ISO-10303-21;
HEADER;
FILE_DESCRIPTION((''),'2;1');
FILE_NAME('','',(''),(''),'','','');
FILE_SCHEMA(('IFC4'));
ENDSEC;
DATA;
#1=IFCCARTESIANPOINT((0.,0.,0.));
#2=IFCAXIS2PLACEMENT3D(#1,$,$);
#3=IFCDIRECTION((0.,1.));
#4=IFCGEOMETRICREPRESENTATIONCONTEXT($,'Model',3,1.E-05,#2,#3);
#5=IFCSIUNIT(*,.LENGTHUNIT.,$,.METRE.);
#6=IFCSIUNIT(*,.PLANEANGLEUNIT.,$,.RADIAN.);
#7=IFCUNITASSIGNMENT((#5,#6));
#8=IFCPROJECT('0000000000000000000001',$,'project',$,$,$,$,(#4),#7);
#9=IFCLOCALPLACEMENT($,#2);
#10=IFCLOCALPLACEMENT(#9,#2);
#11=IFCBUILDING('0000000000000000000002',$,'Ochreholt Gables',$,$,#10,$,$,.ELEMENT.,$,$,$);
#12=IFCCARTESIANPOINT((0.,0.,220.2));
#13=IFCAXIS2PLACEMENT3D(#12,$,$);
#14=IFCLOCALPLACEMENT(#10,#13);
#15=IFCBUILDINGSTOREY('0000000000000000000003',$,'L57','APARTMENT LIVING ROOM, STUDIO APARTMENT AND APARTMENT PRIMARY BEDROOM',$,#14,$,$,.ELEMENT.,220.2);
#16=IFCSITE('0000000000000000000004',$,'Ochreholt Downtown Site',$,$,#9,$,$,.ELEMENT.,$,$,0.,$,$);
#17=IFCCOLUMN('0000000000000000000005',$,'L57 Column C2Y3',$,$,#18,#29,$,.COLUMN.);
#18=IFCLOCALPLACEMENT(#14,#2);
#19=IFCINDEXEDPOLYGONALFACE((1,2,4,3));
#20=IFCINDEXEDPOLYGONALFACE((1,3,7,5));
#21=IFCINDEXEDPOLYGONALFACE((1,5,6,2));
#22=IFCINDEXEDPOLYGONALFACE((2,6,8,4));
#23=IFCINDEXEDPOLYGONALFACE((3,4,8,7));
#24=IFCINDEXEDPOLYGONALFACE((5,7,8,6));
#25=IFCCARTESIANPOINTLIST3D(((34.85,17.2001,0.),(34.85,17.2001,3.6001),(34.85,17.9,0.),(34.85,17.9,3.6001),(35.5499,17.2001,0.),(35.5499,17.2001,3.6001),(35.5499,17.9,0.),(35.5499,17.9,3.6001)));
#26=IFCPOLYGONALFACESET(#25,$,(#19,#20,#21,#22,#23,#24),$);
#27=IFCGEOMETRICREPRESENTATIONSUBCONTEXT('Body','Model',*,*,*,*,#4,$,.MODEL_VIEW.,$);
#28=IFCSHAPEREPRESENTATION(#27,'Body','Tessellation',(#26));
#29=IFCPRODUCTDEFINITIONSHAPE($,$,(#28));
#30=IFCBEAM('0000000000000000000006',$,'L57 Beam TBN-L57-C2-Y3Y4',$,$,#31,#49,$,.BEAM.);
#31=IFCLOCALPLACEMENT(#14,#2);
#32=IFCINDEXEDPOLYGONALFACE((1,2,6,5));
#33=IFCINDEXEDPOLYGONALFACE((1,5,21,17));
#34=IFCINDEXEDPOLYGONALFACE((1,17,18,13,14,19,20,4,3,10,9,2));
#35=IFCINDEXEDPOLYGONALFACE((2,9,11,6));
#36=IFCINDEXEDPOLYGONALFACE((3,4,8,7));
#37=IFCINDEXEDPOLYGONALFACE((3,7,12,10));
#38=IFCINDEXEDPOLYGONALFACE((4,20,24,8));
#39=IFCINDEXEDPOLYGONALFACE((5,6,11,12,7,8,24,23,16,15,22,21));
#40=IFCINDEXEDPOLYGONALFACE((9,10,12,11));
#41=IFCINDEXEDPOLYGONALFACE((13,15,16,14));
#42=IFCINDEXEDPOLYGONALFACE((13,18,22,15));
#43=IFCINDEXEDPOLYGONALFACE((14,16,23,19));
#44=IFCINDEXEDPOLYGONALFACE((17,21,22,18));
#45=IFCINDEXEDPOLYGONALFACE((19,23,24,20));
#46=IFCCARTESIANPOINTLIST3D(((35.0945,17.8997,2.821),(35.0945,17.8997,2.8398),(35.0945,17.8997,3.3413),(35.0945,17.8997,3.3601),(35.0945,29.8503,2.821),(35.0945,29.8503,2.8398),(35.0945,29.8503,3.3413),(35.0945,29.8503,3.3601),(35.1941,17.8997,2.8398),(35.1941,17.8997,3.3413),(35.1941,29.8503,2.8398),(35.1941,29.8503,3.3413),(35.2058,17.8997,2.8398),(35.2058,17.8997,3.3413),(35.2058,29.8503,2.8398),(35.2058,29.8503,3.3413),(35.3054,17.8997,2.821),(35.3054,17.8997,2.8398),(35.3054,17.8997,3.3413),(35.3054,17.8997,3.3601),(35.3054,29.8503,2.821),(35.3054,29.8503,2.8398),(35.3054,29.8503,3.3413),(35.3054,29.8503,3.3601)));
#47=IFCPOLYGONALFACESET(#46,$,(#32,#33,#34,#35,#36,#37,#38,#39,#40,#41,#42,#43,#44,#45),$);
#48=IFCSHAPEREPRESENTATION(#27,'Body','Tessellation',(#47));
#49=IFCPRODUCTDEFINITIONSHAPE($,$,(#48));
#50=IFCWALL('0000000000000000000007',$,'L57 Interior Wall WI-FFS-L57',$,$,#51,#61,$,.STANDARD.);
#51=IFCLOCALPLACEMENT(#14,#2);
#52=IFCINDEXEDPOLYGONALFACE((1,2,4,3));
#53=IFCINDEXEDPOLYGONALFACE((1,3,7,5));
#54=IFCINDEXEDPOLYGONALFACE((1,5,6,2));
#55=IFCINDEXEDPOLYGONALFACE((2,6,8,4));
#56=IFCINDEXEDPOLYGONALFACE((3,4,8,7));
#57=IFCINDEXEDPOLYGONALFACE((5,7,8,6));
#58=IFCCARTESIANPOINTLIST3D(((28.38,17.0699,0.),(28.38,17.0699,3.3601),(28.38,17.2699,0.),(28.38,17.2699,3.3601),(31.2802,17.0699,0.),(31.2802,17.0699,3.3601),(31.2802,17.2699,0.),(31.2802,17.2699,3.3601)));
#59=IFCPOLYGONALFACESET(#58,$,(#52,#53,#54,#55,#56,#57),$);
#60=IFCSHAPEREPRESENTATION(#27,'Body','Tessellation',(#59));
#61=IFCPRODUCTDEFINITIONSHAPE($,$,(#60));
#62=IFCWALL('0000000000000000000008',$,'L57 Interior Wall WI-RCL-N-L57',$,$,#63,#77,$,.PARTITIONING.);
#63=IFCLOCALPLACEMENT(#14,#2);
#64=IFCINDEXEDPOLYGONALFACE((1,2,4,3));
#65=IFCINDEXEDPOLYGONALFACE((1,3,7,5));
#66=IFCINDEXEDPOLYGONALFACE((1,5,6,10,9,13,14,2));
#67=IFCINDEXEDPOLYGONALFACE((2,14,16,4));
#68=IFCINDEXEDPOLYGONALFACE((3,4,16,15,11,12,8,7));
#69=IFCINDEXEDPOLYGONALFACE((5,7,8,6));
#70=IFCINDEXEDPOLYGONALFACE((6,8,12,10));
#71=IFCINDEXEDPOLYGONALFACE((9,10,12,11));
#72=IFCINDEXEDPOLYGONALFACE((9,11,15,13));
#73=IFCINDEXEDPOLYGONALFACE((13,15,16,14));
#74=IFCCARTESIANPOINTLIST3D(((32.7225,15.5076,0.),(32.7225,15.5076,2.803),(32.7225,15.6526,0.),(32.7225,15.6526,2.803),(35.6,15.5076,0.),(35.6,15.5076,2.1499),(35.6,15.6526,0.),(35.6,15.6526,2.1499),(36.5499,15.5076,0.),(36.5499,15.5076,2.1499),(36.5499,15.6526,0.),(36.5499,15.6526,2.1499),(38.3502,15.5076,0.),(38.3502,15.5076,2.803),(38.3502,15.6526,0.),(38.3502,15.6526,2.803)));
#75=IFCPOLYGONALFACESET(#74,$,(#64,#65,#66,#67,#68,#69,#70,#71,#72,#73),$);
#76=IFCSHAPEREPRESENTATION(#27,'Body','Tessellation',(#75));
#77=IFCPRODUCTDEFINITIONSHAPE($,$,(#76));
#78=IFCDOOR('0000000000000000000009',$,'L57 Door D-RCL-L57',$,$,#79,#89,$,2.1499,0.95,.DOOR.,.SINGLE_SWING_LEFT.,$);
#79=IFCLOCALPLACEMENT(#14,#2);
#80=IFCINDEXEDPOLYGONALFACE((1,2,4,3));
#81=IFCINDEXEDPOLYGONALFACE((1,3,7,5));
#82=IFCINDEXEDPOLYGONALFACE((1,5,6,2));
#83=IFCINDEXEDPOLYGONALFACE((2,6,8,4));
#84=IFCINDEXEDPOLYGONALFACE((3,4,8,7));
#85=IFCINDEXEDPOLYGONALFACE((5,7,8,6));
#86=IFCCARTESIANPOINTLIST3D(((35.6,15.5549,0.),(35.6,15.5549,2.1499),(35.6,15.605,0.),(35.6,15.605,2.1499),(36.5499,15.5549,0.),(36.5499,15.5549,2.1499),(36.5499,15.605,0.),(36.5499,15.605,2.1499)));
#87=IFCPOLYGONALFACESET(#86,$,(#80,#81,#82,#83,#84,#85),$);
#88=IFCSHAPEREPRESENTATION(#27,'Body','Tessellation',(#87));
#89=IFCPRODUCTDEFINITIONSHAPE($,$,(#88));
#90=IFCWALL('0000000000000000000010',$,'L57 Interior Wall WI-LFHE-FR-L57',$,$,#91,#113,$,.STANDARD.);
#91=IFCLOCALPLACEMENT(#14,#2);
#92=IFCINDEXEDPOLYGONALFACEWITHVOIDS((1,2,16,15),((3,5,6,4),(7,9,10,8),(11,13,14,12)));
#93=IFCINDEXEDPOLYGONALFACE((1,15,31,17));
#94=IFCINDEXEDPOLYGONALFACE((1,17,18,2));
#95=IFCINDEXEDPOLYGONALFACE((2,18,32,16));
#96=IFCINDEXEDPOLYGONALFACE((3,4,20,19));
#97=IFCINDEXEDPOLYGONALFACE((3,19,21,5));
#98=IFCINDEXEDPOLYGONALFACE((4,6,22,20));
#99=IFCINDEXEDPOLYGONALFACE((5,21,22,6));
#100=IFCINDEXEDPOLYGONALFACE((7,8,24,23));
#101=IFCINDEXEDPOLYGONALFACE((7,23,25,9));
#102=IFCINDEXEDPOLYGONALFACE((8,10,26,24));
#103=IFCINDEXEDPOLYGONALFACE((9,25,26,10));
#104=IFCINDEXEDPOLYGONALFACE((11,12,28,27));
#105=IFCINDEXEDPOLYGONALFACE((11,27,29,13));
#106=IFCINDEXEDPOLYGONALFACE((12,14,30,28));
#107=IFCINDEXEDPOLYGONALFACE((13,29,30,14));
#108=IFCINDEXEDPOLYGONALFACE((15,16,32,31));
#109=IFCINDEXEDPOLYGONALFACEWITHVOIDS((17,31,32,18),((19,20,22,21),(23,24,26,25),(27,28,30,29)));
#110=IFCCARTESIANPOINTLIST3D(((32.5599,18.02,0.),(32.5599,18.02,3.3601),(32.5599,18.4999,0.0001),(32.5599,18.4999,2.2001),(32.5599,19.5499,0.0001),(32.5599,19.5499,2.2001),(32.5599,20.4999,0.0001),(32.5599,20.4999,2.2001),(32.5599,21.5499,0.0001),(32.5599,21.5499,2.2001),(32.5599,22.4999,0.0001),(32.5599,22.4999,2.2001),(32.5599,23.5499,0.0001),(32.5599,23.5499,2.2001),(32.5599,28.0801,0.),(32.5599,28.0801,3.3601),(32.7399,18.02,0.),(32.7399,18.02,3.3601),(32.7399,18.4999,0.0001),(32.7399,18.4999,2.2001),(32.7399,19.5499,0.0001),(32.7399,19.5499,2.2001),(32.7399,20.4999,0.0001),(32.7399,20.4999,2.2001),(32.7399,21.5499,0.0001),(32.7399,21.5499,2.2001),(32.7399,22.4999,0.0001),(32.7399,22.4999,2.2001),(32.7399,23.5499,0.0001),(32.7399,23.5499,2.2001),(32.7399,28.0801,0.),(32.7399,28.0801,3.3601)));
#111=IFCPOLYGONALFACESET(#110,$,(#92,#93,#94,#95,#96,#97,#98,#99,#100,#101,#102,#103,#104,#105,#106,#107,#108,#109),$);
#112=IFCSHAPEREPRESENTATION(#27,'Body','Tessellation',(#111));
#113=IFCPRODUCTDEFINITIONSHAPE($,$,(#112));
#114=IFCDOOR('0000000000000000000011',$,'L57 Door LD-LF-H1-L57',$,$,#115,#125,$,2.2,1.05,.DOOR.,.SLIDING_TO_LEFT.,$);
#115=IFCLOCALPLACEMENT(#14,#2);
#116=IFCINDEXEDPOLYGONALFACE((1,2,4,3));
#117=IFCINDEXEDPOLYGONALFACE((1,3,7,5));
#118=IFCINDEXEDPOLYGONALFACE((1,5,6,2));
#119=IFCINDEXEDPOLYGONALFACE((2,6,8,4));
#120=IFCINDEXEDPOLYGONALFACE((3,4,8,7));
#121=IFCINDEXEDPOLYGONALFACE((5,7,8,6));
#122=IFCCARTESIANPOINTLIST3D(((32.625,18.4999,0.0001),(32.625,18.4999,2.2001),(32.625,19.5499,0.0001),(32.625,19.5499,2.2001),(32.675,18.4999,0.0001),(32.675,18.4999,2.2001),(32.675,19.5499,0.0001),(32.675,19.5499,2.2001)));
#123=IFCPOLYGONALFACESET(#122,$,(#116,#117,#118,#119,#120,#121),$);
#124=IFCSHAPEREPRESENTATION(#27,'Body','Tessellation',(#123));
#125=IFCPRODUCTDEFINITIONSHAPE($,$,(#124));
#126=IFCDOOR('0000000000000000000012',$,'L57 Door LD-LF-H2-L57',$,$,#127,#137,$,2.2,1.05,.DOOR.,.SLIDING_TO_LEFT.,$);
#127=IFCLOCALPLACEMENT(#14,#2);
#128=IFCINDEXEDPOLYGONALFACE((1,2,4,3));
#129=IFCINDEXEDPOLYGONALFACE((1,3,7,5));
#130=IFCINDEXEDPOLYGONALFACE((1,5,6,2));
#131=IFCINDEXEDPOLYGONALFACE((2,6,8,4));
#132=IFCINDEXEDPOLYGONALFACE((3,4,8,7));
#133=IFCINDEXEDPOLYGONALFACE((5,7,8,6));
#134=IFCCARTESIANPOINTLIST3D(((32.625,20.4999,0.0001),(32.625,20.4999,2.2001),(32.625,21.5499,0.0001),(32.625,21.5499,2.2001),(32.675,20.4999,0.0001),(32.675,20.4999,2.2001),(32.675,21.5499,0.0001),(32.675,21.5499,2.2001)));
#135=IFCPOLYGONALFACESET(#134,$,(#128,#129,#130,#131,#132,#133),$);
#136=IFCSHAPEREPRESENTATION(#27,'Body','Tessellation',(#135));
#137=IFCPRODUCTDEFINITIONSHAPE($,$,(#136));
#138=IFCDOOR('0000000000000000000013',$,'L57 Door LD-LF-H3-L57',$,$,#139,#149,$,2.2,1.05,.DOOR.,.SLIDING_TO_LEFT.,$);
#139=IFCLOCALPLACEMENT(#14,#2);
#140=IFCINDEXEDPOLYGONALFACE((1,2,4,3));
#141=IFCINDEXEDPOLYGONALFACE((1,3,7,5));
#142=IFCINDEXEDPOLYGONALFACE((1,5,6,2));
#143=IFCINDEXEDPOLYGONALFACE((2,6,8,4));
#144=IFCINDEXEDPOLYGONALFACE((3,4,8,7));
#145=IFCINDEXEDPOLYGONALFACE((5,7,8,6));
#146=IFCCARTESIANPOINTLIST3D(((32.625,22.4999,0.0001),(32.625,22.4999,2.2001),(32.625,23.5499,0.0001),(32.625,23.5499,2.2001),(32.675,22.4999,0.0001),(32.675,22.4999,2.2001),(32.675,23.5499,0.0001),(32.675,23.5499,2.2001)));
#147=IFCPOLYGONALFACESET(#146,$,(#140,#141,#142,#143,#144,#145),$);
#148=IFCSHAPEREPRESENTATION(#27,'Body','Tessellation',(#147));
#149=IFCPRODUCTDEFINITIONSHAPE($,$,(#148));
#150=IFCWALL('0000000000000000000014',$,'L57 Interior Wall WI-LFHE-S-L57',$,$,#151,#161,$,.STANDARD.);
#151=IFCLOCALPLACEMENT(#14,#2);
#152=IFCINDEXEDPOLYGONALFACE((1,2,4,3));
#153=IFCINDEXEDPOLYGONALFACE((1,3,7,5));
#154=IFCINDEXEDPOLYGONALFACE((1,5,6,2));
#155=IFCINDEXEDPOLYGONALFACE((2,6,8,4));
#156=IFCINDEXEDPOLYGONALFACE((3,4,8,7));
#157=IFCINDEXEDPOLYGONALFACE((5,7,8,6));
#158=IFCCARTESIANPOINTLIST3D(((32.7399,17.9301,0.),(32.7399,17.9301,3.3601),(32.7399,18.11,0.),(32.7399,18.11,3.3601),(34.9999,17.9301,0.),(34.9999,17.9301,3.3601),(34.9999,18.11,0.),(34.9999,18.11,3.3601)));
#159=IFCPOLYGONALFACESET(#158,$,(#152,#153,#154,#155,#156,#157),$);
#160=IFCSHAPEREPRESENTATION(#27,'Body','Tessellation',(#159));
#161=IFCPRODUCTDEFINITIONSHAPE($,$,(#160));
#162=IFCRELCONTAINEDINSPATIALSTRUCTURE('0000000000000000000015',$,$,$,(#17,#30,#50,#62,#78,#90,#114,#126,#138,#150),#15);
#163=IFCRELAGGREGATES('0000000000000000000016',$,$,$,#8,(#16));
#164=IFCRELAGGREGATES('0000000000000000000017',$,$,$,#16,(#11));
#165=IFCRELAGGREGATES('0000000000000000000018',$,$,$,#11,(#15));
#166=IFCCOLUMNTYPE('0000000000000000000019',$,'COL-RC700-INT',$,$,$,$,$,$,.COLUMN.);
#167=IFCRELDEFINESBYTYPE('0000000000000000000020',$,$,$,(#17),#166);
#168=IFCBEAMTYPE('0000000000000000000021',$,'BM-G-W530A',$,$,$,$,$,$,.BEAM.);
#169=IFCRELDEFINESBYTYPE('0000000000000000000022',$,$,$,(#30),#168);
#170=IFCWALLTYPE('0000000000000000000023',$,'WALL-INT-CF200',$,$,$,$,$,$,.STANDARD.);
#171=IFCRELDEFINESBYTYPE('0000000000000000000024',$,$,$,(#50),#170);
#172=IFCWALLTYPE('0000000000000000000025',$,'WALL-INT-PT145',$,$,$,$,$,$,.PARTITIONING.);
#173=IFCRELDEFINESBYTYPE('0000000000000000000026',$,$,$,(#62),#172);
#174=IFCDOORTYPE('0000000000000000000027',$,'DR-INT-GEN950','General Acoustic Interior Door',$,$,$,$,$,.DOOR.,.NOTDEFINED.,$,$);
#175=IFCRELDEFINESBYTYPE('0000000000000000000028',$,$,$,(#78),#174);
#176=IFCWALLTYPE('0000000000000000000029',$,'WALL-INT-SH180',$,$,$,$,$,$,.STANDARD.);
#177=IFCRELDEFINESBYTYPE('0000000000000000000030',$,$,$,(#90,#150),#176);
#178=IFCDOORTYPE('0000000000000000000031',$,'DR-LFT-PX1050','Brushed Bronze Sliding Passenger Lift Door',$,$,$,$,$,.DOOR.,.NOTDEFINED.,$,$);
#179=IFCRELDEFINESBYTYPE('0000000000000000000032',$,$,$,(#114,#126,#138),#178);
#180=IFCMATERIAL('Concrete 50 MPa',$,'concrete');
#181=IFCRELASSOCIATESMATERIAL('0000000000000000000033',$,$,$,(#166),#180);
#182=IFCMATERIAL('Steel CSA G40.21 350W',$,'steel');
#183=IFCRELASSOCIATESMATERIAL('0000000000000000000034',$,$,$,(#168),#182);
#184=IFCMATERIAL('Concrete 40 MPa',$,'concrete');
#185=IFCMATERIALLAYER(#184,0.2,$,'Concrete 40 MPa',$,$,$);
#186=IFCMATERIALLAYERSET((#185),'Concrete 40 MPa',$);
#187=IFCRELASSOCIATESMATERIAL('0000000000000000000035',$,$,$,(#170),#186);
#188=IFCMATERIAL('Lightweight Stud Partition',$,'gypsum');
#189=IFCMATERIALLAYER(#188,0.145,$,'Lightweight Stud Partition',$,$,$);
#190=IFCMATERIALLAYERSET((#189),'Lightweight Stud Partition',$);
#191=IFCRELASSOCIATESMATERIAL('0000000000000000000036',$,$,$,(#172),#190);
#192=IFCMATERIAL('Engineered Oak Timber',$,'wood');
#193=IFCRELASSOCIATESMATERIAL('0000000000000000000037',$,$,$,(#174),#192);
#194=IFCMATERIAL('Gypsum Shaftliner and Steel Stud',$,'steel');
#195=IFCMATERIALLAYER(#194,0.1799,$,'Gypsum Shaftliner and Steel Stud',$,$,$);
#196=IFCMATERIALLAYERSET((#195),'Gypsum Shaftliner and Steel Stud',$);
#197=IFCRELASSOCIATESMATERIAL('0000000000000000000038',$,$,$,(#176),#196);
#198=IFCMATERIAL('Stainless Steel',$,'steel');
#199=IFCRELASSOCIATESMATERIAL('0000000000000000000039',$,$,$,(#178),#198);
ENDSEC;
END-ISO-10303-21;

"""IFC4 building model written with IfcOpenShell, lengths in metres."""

from ifc_helpers import new_model, si_unit, direction, frame, frame_2d, origin, origin_2d, place, context, subcontext, project, spatial, rectangle, i_section, extrude, material, layer, layer_set, material_profile, profile_set, type_object, element, fill, save


model = new_model("IFC4")

# Units and contexts
model_context = context("Model", 3, precision=1e-05, world=origin(), true_north=direction((0.0, 1.0)))
body_context = subcontext(model_context, "Body", "Model", "MODEL_VIEW")
ifc_project = project(units=[si_unit("LENGTHUNIT", "METRE"), si_unit("PLANEANGLEUNIT", "RADIAN")], contexts=[model_context])

# Site, building, storey
site_placement = place(None, origin())
site = spatial("IfcSite", under=ifc_project, at=site_placement, Name="Ochreholt Downtown Site", CompositionType="ELEMENT", RefElevation=0.0)
building_placement = place(site_placement, origin())
building = spatial("IfcBuilding", under=site, at=building_placement, Name="Ochreholt Gables", CompositionType="ELEMENT")
storey_placement = place(building_placement, frame((0.0, 0.0, 220.2)))
storey = spatial("IfcBuildingStorey", under=building, at=storey_placement, Name="L57", Description="APARTMENT LIVING ROOM, STUDIO APARTMENT AND APARTMENT PRIMARY BEDROOM", CompositionType="ELEMENT", Elevation=220.2)

# Column
ifc_material_1 = material(Name="Concrete 50 MPa", Category="concrete")
ifc_material_profile_1 = material_profile(ifc_material_1, rectangle(XDim=0.7, YDim=0.7, at=origin_2d()), Name="RC700X700")
ifc_profile_set_1 = profile_set([ifc_material_profile_1], Name="Concrete 50 MPa")
column_type = type_object("IfcColumnType", Name="COL-RC700-INT", PredefinedType="COLUMN", material=ifc_profile_set_1)
column_placement = place(storey_placement, frame((35.2, 17.55, 0.0), z_axis=(0.0, 0.0, 1.0), x_axis=(1.0, 0.0, 0.0)))
element("IfcColumn", 1, at=column_placement, inside=storey, type_object=column_type, Name="L57 Column C2Y3", PredefinedType="COLUMN", context=body_context, shape_type="SweptSolid", body=[
    extrude(rectangle(XDim=0.7, YDim=0.7, at=origin_2d()), origin(), (0.0, 0.0, 1.0), 3.6001),
])

# Beam
ifc_material_2 = material(Name="Steel CSA G40.21 350W", Category="steel")
ifc_material_profile_2 = material_profile(ifc_material_2, i_section(OverallWidth=0.2109, OverallDepth=0.5391, WebThickness=0.0117, FlangeThickness=0.0188, at=origin_2d()), Name="W530X109")
ifc_profile_set_2 = profile_set([ifc_material_profile_2], Name="Steel CSA G40.21 350W")
beam_type = type_object("IfcBeamType", Name="BM-G-W530A", PredefinedType="BEAM", material=ifc_profile_set_2)
beam_placement = place(storey_placement, frame((35.2, 17.8997, 3.0906), z_axis=(0.0, 1.0, 0.0), x_axis=(-1.0, 0.0, 0.0)))
element("IfcBeam", 2, at=beam_placement, inside=storey, type_object=beam_type, Name="L57 Beam TBN-L57-C2-Y3Y4", PredefinedType="BEAM", context=body_context, shape_type="SweptSolid", body=[
    extrude(i_section(OverallWidth=0.2109, OverallDepth=0.5391, WebThickness=0.0117, FlangeThickness=0.0188, at=origin_2d()), origin(), (0.0, 0.0, 1.0), 11.9507),
])

# Wall
ifc_material_3 = material(Name="Concrete 40 MPa", Category="concrete")
ifc_layer_1 = layer(ifc_material_3, 0.2, Name="Concrete 40 MPa")
ifc_layer_set_1 = layer_set([ifc_layer_1], Name="Concrete 40 MPa")
wall_type_1 = type_object("IfcWallType", Name="WALL-INT-CF200", PredefinedType="STANDARD", material=ifc_layer_set_1)
wall_1_placement = place(storey_placement, frame((28.3799, 17.1699, 0.0), z_axis=(0.0, 0.0, 1.0), x_axis=(1.0, 0.0, 0.0)))
element("IfcWall", 3, at=wall_1_placement, inside=storey, type_object=wall_type_1, Name="L57 Interior Wall WI-FFS-L57", PredefinedType="STANDARD", context=body_context, shape_type="SweptSolid", body=[
    extrude(rectangle(XDim=2.9001, YDim=0.2, at=frame_2d((1.4502, 0.0))), origin(), (0.0, 0.0, 1.0), 3.3601),
])

# Wall, opening, door
ifc_material_4 = material(Name="Lightweight Stud Partition", Category="gypsum")
ifc_layer_2 = layer(ifc_material_4, 0.145, Name="Lightweight Stud Partition")
ifc_layer_set_2 = layer_set([ifc_layer_2], Name="Lightweight Stud Partition")
wall_type_2 = type_object("IfcWallType", Name="WALL-INT-PT145", PredefinedType="PARTITIONING", material=ifc_layer_set_2)
wall_2_placement = place(storey_placement, frame((32.7224, 15.5801, 0.0), z_axis=(0.0, 0.0, 1.0), x_axis=(1.0, 0.0, 0.0)))
wall_2 = element("IfcWall", 4, at=wall_2_placement, inside=storey, type_object=wall_type_2, Name="L57 Interior Wall WI-RCL-N-L57", PredefinedType="PARTITIONING", context=body_context, shape_type="SweptSolid", body=[
    extrude(rectangle(XDim=5.6277, YDim=0.145, at=frame_2d((2.814, 0.0))), origin(), (0.0, 0.0, 1.0), 2.803),
])
opening_1_placement = place(wall_2_placement, frame((2.8774, 0.0, 0.0)))
opening_1 = element("IfcOpeningElement", 5, at=opening_1_placement, cuts=wall_2, PredefinedType="OPENING", context=body_context, shape_type="SweptSolid", body=[
    extrude(rectangle(XDim=0.95, YDim=2.1499, at=frame_2d((0.4751, 1.075))), frame((0.0, 0.0825, 0.0), z_axis=(0.0, -1.0, 0.0), x_axis=(1.0, 0.0, 0.0)), (0.0, 0.0, 1.0), 0.165),
])
ifc_material_5 = material(Name="Engineered Oak Timber", Category="wood")
door_type_1 = type_object("IfcDoorType", Name="DR-INT-GEN950", Description="General Acoustic Interior Door", OperationType="NOTDEFINED", PredefinedType="DOOR", material=ifc_material_5)
door_1_placement = place(opening_1_placement, origin())
door_1 = element("IfcDoor", 6, at=door_1_placement, inside=storey, type_object=door_type_1, Name="L57 Door D-RCL-L57", OperationType="SINGLE_SWING_LEFT", OverallHeight=2.1499, OverallWidth=0.95, PredefinedType="DOOR", context=body_context, shape_type="SweptSolid", body=[
    extrude(rectangle(XDim=0.95, YDim=2.1499, at=frame_2d((0.4751, 1.075))), frame((0.0, 0.0249, 0.0), z_axis=(0.0, -1.0, 0.0), x_axis=(1.0, 0.0, 0.0)), (0.0, 0.0, 1.0), 0.05),
])
fill(opening_1, door_1)

# Wall, openings, doors
ifc_material_6 = material(Name="Gypsum Shaftliner and Steel Stud", Category="steel")
ifc_layer_3 = layer(ifc_material_6, 0.1799, Name="Gypsum Shaftliner and Steel Stud")
ifc_layer_set_3 = layer_set([ifc_layer_3], Name="Gypsum Shaftliner and Steel Stud")
wall_type_3 = type_object("IfcWallType", Name="WALL-INT-SH180", PredefinedType="STANDARD", material=ifc_layer_set_3)
wall_3_placement = place(storey_placement, frame((32.6499, 18.02, 0.0), z_axis=(0.0, 0.0, 1.0), x_axis=(0.0, 1.0, 0.0)))
wall_3 = element("IfcWall", 7, at=wall_3_placement, inside=storey, type_object=wall_type_3, Name="L57 Interior Wall WI-LFHE-FR-L57", PredefinedType="STANDARD", context=body_context, shape_type="SweptSolid", body=[
    extrude(rectangle(XDim=10.0601, YDim=0.1799, at=frame_2d((5.03, 0.0))), origin(), (0.0, 0.0, 1.0), 3.3601),
])
opening_2_placement = place(wall_3_placement, frame((0.48, 0.0, 0.0)))
opening_2 = element("IfcOpeningElement", 8, at=opening_2_placement, cuts=wall_3, PredefinedType="OPENING", context=body_context, shape_type="SweptSolid", body=[
    extrude(rectangle(XDim=1.05, YDim=2.2, at=frame_2d((0.5249, 1.1001))), frame((0.0, 0.0999, 0.0), z_axis=(0.0, -1.0, 0.0), x_axis=(1.0, 0.0, 0.0)), (0.0, 0.0, 1.0), 0.2),
])
opening_3_placement = place(wall_3_placement, frame((2.48, 0.0, 0.0)))
opening_3 = element("IfcOpeningElement", 9, at=opening_3_placement, cuts=wall_3, PredefinedType="OPENING", context=body_context, shape_type="SweptSolid", body=[
    extrude(rectangle(XDim=1.05, YDim=2.2, at=frame_2d((0.5249, 1.1001))), frame((0.0, 0.0999, 0.0), z_axis=(0.0, -1.0, 0.0), x_axis=(1.0, 0.0, 0.0)), (0.0, 0.0, 1.0), 0.2),
])
opening_4_placement = place(wall_3_placement, frame((4.48, 0.0, 0.0)))
opening_4 = element("IfcOpeningElement", 10, at=opening_4_placement, cuts=wall_3, PredefinedType="OPENING", context=body_context, shape_type="SweptSolid", body=[
    extrude(rectangle(XDim=1.05, YDim=2.2, at=frame_2d((0.5249, 1.1001))), frame((0.0, 0.0999, 0.0), z_axis=(0.0, -1.0, 0.0), x_axis=(1.0, 0.0, 0.0)), (0.0, 0.0, 1.0), 0.2),
])
ifc_material_7 = material(Name="Stainless Steel", Category="steel")
door_type_2 = type_object("IfcDoorType", Name="DR-LFT-PX1050", Description="Brushed Bronze Sliding Passenger Lift Door", OperationType="NOTDEFINED", PredefinedType="DOOR", material=ifc_material_7)
door_2_placement = place(opening_2_placement, origin())
door_2 = element("IfcDoor", 11, at=door_2_placement, inside=storey, type_object=door_type_2, Name="L57 Door LD-LF-H1-L57", OperationType="SLIDING_TO_LEFT", OverallHeight=2.2, OverallWidth=1.05, PredefinedType="DOOR", context=body_context, shape_type="SweptSolid", body=[
    extrude(rectangle(XDim=1.05, YDim=2.2, at=frame_2d((0.5249, 1.1001))), frame((0.0, 0.0249, 0.0), z_axis=(0.0, -1.0, 0.0), x_axis=(1.0, 0.0, 0.0)), (0.0, 0.0, 1.0), 0.05),
])
fill(opening_2, door_2)
door_3_placement = place(opening_3_placement, origin())
door_3 = element("IfcDoor", 12, at=door_3_placement, inside=storey, type_object=door_type_2, Name="L57 Door LD-LF-H2-L57", OperationType="SLIDING_TO_LEFT", OverallHeight=2.2, OverallWidth=1.05, PredefinedType="DOOR", context=body_context, shape_type="SweptSolid", body=[
    extrude(rectangle(XDim=1.05, YDim=2.2, at=frame_2d((0.5249, 1.1001))), frame((0.0, 0.0249, 0.0), z_axis=(0.0, -1.0, 0.0), x_axis=(1.0, 0.0, 0.0)), (0.0, 0.0, 1.0), 0.05),
])
fill(opening_3, door_3)
door_4_placement = place(opening_4_placement, origin())
door_4 = element("IfcDoor", 13, at=door_4_placement, inside=storey, type_object=door_type_2, Name="L57 Door LD-LF-H3-L57", OperationType="SLIDING_TO_LEFT", OverallHeight=2.2, OverallWidth=1.05, PredefinedType="DOOR", context=body_context, shape_type="SweptSolid", body=[
    extrude(rectangle(XDim=1.05, YDim=2.2, at=frame_2d((0.5249, 1.1001))), frame((0.0, 0.0249, 0.0), z_axis=(0.0, -1.0, 0.0), x_axis=(1.0, 0.0, 0.0)), (0.0, 0.0, 1.0), 0.05),
])
fill(opening_4, door_4)

# Wall
wall_4_placement = place(storey_placement, frame((32.74, 18.02, 0.0), z_axis=(0.0, 0.0, 1.0), x_axis=(1.0, 0.0, 0.0)))
element("IfcWall", 14, at=wall_4_placement, inside=storey, type_object=wall_type_3, Name="L57 Interior Wall WI-LFHE-S-L57", PredefinedType="STANDARD", context=body_context, shape_type="SweptSolid", body=[
    extrude(rectangle(XDim=2.26, YDim=0.1799, at=frame_2d((1.1299, 0.0))), origin(), (0.0, 0.0, 1.0), 3.3601),
])

save(model, "model.ifc")
